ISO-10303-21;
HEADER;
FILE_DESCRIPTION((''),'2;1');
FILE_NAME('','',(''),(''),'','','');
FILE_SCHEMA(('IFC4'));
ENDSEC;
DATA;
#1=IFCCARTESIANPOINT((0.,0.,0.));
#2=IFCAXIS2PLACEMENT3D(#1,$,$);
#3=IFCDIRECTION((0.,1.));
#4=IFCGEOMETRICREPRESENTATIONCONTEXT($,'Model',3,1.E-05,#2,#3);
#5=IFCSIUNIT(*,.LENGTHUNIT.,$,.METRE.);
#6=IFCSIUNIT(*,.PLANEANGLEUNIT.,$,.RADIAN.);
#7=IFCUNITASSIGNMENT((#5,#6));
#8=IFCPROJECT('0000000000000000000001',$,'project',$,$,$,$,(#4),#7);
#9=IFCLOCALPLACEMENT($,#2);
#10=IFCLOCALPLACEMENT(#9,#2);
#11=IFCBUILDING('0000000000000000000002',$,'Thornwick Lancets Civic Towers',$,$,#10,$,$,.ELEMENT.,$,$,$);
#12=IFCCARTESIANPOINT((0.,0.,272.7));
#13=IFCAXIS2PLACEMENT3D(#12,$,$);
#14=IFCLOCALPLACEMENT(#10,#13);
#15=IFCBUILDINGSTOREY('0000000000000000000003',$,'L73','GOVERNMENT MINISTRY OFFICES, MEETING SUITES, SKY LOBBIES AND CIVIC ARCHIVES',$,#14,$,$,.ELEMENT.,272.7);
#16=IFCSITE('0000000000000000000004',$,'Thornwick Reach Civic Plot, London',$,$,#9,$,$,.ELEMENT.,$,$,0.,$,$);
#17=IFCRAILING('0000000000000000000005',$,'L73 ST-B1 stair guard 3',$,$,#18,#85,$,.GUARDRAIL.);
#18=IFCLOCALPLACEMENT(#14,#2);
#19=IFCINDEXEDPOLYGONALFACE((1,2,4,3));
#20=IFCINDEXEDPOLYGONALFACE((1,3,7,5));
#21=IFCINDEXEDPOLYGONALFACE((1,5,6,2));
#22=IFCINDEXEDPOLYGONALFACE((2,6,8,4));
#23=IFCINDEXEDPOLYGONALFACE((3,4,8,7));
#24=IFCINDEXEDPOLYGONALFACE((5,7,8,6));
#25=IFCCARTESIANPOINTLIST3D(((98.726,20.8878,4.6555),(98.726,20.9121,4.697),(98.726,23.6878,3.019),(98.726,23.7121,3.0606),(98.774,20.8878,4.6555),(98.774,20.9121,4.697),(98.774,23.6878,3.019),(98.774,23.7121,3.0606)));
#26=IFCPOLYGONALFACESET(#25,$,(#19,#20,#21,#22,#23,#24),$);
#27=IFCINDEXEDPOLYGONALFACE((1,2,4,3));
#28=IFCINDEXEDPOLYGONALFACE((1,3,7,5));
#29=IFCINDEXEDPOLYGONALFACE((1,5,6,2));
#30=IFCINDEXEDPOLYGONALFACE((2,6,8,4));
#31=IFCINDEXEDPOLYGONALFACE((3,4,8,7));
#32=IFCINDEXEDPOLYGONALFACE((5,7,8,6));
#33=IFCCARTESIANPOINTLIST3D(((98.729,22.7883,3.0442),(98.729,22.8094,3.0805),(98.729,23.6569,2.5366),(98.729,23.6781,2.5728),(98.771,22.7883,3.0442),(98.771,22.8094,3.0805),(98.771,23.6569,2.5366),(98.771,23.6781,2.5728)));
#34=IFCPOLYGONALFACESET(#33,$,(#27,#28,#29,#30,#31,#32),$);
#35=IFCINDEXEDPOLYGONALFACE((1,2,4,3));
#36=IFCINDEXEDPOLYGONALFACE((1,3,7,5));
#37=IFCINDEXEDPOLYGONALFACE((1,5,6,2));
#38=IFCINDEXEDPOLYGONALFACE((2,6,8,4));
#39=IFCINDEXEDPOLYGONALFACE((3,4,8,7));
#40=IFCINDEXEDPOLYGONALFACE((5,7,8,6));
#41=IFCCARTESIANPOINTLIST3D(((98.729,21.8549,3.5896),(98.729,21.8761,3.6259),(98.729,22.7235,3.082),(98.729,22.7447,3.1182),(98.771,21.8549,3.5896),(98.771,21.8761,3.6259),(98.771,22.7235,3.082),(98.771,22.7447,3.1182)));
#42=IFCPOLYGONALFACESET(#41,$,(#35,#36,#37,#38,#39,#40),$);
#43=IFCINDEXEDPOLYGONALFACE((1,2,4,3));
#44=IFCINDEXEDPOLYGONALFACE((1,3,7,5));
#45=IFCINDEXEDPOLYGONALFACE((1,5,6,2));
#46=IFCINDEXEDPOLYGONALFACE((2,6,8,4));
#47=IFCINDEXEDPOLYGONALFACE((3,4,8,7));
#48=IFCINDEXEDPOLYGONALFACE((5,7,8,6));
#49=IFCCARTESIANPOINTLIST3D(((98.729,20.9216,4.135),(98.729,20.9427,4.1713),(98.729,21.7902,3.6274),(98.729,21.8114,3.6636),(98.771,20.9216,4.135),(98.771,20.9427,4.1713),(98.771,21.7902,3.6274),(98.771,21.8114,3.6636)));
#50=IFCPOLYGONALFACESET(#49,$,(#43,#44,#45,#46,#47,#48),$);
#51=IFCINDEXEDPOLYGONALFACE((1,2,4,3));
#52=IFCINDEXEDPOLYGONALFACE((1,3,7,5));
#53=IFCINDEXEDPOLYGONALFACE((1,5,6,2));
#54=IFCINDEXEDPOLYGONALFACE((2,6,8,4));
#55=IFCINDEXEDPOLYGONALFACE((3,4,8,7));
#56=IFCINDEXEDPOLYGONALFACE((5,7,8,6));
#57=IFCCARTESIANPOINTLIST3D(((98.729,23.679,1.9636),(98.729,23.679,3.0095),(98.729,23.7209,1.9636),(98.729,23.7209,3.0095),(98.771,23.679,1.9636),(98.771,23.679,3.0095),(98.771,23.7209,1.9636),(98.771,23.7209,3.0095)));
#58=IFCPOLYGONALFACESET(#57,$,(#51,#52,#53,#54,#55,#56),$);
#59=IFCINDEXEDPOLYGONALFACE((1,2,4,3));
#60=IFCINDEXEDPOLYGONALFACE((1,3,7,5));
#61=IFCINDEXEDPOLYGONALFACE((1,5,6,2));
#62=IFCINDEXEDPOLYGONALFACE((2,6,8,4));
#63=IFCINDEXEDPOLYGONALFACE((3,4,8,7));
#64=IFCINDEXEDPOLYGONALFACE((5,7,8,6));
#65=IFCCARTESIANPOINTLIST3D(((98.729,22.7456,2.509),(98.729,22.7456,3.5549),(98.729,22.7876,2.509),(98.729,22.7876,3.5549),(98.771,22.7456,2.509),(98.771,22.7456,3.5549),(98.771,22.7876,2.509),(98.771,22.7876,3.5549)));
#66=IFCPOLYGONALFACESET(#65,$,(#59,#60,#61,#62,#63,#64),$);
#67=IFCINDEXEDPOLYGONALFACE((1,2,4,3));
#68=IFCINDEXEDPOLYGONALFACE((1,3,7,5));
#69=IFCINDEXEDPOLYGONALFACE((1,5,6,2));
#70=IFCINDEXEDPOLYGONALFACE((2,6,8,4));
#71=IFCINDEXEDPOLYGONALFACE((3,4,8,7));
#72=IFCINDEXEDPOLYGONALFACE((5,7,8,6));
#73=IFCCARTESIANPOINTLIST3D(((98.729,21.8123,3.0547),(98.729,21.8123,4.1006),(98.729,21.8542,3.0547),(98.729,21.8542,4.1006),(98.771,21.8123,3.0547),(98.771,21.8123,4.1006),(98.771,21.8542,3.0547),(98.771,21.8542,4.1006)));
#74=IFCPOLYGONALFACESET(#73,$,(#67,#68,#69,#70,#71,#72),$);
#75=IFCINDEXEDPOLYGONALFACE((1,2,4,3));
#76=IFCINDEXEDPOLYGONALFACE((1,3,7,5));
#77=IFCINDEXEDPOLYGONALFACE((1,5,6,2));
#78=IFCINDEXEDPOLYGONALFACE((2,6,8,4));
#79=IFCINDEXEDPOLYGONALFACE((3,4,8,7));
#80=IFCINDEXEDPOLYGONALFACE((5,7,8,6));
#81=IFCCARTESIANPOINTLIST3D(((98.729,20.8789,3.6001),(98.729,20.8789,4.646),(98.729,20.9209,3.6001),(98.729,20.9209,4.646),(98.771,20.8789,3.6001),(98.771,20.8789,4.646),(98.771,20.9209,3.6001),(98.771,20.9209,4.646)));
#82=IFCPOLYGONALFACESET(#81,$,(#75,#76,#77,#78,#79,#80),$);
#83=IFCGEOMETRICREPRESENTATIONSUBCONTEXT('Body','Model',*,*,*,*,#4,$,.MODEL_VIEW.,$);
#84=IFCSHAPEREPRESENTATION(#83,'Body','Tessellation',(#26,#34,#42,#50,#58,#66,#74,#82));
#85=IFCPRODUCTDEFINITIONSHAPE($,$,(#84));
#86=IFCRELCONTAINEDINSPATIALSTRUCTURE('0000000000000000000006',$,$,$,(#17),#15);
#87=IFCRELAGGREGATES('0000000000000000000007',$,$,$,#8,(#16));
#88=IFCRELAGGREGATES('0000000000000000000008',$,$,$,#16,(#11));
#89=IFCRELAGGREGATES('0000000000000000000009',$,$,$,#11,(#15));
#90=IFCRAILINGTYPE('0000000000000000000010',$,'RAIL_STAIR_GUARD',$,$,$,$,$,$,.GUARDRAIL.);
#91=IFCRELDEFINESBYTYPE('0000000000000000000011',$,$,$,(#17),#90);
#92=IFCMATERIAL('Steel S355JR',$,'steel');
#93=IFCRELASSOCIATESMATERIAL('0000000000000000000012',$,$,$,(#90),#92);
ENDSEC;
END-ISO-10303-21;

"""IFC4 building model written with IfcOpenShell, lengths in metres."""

from ifc_helpers import new_model, si_unit, direction, frame, origin, origin_2d, place, context, subcontext, project, spatial, rectangle, extrude, material, type_object, element, save


model = new_model("IFC4")

# Units and contexts
model_context = context("Model", 3, precision=1e-05, world=origin(), true_north=direction((0.0, 1.0)))
body_context = subcontext(model_context, "Body", "Model", "MODEL_VIEW")
ifc_project = project(units=[si_unit("LENGTHUNIT", "METRE"), si_unit("PLANEANGLEUNIT", "RADIAN")], contexts=[model_context])

# Site, building, storey
site_placement = place(None, origin())
site = spatial("IfcSite", under=ifc_project, at=site_placement, Name="Thornwick Reach Civic Plot, London", CompositionType="ELEMENT", RefElevation=0.0)
building_placement = place(site_placement, origin())
building = spatial("IfcBuilding", under=site, at=building_placement, Name="Thornwick Lancets Civic Towers", CompositionType="ELEMENT")
storey_placement = place(building_placement, frame((0.0, 0.0, 272.7)))
storey = spatial("IfcBuildingStorey", under=building, at=storey_placement, Name="L73", Description="GOVERNMENT MINISTRY OFFICES, MEETING SUITES, SKY LOBBIES AND CIVIC ARCHIVES", CompositionType="ELEMENT", Elevation=272.7)

# Railing
ifc_material_1 = material(Name="Steel S355JR", Category="steel")
railing_type_1 = type_object("IfcRailingType", Name="RAIL_STAIR_GUARD", PredefinedType="GUARDRAIL", material=ifc_material_1)
railing_1_placement = place(storey_placement, frame((98.75, 23.7, 1.9636)))
element("IfcRailing", 1, at=railing_1_placement, inside=storey, type_object=railing_type_1, Name="L73 ST-B1 stair guard 3", PredefinedType="GUARDRAIL", context=body_context, shape_type="SweptSolid", body=[
    extrude(rectangle(XDim=0.0481, YDim=0.0481, at=origin_2d()), frame((0.0, 0.0, 1.0762), z_axis=(0.0, -0.863361, 0.504587), x_axis=(1.0, 0.0, 0.0)), (0.0, 0.0, 1.0), 3.2432),
    extrude(rectangle(XDim=0.042, YDim=0.042, at=origin_2d()), frame((0.0, -0.0325, 0.5911), z_axis=(0.0, -0.863361, 0.504587), x_axis=(1.0, 0.0, 0.0)), (0.0, 0.0, 1.0), 1.0061),
    extrude(rectangle(XDim=0.042, YDim=0.042, at=origin_2d()), frame((0.0, -0.9658, 1.1365), z_axis=(0.0, -0.863361, 0.504587), x_axis=(1.0, 0.0, 0.0)), (0.0, 0.0, 1.0), 1.0061),
    extrude(rectangle(XDim=0.042, YDim=0.042, at=origin_2d()), frame((0.0, -1.8992, 1.6819), z_axis=(0.0, -0.863361, 0.504587), x_axis=(1.0, 0.0, 0.0)), (0.0, 0.0, 1.0), 1.0061),
    extrude(rectangle(XDim=0.042, YDim=0.042, at=origin_2d()), origin(), (0.0, 0.0, 1.0), 1.0459),
    extrude(rectangle(XDim=0.042, YDim=0.042, at=origin_2d()), frame((0.0, -0.9333, 0.5454)), (0.0, 0.0, 1.0), 1.0459),
    extrude(rectangle(XDim=0.042, YDim=0.042, at=origin_2d()), frame((0.0, -1.8667, 1.0911)), (0.0, 0.0, 1.0), 1.0459),
    extrude(rectangle(XDim=0.042, YDim=0.042, at=origin_2d()), frame((0.0, -2.8, 1.6365)), (0.0, 0.0, 1.0), 1.0459),
])

save(model, "model.ifc")
